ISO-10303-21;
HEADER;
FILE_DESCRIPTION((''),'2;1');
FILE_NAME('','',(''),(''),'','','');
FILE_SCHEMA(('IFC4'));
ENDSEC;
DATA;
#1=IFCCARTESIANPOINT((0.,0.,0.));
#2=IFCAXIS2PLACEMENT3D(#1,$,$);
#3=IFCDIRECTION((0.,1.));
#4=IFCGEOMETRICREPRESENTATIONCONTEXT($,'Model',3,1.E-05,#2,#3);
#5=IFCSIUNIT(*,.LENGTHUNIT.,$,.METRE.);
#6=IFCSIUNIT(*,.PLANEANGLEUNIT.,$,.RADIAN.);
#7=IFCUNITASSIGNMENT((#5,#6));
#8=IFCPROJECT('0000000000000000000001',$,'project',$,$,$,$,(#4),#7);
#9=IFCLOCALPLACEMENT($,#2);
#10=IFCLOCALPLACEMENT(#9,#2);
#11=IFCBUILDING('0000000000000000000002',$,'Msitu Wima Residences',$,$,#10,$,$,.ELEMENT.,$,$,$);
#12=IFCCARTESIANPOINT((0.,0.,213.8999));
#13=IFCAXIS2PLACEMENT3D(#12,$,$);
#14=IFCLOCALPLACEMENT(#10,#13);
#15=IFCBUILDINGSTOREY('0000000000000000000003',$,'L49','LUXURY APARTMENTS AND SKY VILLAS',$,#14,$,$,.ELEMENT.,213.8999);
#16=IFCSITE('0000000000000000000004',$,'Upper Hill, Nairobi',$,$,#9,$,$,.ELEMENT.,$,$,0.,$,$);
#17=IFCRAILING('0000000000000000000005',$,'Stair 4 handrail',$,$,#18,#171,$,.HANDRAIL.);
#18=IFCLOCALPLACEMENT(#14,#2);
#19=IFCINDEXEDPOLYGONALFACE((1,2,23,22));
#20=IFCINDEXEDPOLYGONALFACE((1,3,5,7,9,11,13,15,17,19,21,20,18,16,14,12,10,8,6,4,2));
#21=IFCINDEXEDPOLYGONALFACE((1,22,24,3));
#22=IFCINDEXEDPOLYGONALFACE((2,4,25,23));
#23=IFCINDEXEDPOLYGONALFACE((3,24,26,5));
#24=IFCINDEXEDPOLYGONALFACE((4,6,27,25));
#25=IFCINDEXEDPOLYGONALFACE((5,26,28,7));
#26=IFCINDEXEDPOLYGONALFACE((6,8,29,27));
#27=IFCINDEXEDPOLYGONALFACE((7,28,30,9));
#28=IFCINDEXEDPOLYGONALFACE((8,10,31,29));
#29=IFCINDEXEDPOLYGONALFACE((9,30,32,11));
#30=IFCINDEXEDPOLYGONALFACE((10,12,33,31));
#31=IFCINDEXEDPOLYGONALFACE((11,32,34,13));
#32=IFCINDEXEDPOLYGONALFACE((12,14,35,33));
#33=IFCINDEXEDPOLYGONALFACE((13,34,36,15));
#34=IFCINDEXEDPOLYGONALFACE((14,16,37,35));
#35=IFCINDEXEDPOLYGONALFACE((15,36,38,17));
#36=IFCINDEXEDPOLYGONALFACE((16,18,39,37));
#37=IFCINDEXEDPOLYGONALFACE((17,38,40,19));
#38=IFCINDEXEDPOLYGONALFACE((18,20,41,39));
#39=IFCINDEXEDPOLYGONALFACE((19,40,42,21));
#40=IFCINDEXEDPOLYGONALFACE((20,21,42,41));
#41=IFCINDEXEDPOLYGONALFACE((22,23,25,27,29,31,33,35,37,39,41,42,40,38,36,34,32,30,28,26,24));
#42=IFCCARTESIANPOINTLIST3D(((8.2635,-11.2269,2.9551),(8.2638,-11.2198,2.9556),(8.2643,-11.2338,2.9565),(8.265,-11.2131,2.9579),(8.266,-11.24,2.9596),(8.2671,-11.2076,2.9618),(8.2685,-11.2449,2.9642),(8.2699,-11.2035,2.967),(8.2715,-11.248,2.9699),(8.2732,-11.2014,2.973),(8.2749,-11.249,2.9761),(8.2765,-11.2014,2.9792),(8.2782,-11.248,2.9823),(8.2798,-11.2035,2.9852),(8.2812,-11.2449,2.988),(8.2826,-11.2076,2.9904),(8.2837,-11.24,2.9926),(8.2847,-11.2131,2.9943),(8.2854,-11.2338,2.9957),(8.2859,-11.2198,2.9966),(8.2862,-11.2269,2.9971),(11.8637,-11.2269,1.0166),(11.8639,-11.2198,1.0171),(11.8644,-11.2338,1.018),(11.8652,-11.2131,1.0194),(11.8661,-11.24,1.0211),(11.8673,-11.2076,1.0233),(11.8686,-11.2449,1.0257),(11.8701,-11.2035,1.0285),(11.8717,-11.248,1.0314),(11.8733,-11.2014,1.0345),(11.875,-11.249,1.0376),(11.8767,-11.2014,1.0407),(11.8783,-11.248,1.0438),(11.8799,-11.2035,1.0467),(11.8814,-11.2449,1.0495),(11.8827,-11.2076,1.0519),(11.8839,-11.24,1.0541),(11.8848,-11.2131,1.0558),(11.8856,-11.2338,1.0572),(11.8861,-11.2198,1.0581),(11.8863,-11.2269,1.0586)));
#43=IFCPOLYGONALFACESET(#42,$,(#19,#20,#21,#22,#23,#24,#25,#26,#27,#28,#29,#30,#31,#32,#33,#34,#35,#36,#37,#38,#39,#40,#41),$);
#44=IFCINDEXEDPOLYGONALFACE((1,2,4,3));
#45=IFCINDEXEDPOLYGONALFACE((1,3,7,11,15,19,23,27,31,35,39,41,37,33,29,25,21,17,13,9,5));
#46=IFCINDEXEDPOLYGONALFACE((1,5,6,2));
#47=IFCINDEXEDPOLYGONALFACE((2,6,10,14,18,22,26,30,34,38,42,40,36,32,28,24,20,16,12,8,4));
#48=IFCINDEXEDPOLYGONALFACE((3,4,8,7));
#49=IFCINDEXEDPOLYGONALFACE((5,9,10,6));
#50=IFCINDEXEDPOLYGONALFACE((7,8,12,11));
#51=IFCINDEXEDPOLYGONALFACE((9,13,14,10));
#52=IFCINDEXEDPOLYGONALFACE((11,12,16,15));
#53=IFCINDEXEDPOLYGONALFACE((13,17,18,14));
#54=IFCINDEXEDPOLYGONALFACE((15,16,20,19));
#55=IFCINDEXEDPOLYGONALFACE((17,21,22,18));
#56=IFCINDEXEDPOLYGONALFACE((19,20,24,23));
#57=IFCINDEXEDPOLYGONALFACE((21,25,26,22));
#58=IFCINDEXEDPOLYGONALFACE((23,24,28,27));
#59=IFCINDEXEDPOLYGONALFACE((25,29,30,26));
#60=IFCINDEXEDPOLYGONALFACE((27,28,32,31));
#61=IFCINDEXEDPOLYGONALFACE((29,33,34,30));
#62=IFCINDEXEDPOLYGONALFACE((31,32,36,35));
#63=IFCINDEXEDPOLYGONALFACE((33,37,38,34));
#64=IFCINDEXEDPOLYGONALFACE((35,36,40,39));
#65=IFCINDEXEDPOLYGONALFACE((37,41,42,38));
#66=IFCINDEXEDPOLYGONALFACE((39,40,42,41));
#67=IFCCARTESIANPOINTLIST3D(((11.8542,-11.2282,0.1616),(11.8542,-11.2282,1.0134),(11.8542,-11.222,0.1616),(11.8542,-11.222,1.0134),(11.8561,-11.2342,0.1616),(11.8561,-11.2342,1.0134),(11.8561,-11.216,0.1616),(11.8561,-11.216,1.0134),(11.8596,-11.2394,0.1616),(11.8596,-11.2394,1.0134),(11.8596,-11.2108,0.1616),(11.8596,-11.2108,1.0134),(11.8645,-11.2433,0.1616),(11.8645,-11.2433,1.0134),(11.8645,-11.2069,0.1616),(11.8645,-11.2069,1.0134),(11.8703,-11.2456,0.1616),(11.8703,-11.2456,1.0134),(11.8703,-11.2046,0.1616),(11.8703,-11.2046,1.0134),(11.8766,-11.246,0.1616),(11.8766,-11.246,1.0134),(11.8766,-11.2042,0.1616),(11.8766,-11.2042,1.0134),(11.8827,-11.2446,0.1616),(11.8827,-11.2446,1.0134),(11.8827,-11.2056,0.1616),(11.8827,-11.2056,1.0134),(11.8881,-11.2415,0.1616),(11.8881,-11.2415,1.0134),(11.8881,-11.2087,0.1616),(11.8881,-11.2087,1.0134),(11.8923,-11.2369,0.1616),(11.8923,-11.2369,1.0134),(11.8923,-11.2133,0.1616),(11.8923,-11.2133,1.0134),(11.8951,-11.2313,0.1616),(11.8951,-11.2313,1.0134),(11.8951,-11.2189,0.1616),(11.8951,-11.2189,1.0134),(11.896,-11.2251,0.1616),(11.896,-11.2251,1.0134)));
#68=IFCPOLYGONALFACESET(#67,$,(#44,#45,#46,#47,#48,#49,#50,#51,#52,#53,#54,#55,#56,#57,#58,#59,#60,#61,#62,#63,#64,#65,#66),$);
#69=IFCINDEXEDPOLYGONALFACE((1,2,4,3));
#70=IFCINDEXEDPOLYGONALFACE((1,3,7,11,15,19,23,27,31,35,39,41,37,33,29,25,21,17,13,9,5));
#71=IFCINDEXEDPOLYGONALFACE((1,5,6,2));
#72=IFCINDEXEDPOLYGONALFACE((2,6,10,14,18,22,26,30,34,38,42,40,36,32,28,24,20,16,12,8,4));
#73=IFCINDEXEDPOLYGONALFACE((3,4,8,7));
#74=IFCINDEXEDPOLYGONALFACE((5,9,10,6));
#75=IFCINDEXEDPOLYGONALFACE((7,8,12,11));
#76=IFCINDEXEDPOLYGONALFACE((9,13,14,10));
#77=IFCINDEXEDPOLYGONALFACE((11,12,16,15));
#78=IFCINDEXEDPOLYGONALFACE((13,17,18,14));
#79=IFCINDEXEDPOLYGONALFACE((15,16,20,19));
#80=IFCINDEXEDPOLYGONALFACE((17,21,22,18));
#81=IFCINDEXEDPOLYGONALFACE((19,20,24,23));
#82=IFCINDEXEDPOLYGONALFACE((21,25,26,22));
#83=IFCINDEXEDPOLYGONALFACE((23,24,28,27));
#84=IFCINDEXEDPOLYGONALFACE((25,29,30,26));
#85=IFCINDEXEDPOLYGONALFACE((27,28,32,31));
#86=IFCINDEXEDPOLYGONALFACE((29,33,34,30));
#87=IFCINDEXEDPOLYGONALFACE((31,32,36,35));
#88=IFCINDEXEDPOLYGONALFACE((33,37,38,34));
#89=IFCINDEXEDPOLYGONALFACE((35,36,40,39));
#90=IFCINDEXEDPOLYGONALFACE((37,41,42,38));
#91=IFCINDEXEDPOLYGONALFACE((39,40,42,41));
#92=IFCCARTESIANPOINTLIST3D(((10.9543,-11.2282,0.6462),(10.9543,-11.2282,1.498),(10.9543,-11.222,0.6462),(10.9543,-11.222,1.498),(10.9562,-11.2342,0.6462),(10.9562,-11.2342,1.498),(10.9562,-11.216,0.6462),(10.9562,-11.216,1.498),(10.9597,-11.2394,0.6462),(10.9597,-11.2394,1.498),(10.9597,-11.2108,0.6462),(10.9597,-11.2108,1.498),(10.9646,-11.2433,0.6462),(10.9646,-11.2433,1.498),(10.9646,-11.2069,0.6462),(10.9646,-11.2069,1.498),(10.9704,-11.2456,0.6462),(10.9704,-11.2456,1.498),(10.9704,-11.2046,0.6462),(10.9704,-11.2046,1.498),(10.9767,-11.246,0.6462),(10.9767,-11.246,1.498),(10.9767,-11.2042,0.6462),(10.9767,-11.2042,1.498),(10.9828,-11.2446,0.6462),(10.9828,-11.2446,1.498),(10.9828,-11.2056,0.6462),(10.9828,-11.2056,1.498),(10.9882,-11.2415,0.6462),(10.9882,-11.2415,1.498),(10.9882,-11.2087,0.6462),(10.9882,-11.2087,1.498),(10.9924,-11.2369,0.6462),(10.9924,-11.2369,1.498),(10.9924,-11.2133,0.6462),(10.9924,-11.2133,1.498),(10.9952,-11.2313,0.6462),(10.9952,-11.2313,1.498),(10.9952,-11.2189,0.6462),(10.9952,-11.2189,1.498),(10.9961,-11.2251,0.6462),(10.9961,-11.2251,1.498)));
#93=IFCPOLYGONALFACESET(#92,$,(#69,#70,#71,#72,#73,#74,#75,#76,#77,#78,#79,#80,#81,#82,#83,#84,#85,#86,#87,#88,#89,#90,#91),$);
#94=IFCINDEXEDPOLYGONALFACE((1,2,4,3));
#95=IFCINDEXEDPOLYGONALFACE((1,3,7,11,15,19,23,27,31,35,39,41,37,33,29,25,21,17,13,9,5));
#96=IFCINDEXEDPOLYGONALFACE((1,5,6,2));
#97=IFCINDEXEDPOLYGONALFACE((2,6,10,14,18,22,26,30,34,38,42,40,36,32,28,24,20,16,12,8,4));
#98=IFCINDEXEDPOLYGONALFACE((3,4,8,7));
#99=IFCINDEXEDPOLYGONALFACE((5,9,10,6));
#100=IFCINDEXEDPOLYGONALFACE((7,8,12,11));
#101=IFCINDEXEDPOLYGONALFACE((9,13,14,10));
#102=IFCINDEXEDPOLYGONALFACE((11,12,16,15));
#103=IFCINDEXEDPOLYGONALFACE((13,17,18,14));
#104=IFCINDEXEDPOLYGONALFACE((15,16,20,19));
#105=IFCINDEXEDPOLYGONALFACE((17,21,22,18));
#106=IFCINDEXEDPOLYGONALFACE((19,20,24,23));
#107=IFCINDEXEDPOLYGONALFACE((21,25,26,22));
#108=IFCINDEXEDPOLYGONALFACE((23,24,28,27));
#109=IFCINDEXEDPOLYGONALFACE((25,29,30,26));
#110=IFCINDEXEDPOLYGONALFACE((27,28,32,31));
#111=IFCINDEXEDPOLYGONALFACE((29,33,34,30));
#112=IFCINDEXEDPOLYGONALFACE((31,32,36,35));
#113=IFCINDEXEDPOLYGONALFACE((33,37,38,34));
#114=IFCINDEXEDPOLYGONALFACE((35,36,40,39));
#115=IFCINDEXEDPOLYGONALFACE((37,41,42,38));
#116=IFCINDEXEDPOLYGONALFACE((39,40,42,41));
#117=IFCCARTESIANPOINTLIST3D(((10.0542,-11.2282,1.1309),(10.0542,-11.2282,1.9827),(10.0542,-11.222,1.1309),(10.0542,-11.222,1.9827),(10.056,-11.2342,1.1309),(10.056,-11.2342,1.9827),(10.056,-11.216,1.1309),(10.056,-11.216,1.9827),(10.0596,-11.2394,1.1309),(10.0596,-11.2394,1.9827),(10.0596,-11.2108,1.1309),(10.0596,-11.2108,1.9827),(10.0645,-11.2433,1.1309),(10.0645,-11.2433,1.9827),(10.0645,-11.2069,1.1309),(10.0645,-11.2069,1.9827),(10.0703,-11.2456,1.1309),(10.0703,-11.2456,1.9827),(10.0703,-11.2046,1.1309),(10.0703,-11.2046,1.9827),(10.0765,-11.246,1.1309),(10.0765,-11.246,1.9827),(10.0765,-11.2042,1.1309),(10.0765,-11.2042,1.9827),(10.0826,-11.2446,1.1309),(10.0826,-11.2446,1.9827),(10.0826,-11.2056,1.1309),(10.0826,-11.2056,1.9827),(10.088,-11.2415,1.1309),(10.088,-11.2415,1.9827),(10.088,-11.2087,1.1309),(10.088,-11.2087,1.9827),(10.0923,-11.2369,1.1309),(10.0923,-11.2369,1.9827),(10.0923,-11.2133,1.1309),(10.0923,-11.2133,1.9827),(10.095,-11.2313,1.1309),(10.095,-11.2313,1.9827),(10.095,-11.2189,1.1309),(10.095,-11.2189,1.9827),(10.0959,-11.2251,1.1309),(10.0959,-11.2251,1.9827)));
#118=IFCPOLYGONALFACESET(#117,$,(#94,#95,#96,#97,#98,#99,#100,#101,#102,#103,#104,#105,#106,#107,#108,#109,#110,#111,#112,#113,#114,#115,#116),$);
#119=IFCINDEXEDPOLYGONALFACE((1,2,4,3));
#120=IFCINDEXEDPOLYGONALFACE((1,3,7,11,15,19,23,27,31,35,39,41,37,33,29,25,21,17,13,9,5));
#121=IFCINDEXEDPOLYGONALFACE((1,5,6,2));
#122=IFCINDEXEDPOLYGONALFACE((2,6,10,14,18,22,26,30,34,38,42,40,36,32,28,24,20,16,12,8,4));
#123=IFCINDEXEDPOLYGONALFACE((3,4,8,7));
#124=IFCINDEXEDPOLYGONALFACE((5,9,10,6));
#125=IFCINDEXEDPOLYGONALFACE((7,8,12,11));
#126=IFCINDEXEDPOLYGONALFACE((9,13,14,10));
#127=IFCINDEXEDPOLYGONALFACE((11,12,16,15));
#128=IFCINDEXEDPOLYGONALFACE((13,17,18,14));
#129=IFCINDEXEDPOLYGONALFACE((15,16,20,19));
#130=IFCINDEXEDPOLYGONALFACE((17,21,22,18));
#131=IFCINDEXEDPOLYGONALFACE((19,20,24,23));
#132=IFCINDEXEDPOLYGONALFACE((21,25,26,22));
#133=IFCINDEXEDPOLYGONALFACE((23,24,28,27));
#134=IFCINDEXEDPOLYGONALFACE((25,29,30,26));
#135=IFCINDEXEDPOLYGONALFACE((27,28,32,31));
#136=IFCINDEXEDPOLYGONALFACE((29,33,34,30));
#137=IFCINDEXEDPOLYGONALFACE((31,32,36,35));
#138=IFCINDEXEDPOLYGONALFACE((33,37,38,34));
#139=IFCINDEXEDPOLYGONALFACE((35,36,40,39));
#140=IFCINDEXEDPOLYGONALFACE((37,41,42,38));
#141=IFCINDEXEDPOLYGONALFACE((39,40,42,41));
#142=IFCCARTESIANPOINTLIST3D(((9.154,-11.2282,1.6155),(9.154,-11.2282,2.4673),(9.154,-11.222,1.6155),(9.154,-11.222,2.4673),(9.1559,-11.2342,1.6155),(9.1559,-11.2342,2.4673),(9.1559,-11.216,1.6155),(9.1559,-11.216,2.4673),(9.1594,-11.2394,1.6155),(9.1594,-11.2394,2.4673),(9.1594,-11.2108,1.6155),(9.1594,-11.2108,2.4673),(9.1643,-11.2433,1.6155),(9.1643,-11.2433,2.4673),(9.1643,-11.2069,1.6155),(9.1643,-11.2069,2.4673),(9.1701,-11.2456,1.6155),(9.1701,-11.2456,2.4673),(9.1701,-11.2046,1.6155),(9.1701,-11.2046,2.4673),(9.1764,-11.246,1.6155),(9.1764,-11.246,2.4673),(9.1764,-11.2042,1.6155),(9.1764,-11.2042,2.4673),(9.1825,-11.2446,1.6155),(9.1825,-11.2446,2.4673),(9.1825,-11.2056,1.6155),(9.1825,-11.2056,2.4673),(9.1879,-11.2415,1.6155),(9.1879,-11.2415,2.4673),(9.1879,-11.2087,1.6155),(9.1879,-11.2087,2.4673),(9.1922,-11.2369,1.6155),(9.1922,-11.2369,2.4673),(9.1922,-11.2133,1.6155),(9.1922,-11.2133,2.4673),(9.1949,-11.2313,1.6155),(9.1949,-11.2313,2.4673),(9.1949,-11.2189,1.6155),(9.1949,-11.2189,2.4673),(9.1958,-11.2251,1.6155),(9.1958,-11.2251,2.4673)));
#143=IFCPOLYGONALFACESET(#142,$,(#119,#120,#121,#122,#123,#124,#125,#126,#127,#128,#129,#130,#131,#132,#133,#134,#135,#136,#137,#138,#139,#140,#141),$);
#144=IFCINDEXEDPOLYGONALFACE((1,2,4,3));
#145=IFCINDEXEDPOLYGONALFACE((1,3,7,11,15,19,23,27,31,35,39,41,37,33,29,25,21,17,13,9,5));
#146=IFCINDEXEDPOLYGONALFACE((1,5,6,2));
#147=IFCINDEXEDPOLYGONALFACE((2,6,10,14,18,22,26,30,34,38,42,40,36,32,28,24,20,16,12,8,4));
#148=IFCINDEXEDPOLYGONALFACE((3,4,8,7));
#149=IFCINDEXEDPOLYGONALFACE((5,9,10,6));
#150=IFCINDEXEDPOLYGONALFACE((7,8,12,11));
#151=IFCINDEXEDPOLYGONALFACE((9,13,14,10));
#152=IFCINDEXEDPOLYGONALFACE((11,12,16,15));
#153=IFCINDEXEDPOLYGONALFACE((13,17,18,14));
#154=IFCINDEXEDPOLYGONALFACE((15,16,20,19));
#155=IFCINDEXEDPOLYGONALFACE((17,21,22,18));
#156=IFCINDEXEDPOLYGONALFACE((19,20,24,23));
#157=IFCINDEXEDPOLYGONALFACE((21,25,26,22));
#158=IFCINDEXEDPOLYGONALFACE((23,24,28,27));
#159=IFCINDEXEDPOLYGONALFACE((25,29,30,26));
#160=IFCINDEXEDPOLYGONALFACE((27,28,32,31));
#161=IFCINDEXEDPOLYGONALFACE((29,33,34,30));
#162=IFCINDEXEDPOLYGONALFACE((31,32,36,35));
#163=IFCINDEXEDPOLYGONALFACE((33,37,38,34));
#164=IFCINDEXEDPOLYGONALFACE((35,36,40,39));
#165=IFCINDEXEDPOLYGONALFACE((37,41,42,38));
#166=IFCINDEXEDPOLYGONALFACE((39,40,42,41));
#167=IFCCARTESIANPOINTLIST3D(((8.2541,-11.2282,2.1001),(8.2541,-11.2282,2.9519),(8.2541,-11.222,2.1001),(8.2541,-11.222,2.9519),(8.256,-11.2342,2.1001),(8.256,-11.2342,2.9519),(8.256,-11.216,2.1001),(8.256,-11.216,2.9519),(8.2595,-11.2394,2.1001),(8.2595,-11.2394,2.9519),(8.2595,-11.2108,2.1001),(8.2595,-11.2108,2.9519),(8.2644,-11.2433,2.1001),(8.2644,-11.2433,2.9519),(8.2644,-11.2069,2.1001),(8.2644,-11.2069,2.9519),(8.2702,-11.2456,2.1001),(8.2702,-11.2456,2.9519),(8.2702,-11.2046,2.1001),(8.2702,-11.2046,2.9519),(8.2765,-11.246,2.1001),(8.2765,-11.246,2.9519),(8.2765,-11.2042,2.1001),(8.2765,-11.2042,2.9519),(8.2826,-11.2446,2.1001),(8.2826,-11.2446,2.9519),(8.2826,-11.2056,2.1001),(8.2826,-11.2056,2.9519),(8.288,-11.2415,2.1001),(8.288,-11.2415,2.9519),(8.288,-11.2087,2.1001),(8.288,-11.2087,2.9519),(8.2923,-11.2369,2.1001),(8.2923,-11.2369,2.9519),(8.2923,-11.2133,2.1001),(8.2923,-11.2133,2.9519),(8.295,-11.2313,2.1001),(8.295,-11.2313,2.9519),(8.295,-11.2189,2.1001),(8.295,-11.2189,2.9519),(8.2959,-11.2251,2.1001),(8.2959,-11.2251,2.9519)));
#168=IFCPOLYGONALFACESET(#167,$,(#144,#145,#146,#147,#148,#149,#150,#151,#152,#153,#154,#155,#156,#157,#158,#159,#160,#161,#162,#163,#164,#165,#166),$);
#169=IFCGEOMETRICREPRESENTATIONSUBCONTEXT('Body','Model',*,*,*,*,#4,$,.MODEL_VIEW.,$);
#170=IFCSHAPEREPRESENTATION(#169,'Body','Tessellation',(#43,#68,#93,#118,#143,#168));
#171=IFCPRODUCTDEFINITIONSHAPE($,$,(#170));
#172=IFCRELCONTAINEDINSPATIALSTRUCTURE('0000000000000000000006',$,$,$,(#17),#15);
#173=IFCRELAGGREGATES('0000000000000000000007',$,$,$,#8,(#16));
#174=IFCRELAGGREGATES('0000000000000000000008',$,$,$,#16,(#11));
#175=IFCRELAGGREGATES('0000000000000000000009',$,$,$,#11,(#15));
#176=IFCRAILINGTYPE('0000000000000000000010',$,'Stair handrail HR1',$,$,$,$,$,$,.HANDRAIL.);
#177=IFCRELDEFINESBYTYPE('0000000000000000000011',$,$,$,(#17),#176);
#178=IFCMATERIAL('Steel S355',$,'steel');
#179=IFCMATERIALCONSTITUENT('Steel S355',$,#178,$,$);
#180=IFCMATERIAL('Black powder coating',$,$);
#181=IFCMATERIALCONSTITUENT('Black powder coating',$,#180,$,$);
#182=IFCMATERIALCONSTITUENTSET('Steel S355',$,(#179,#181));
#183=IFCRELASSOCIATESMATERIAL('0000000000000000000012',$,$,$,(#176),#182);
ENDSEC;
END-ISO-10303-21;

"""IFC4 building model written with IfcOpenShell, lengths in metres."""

from ifc_helpers import new_model, si_unit, direction, frame, origin, origin_2d, place, context, subcontext, project, spatial, circle, extrude, material, constituent, constituent_set, type_object, element, save


model = new_model("IFC4")

# Units and contexts
model_context = context("Model", 3, precision=1e-05, world=origin(), true_north=direction((0.0, 1.0)))
body_context = subcontext(model_context, "Body", "Model", "MODEL_VIEW")
ifc_project = project(units=[si_unit("LENGTHUNIT", "METRE"), si_unit("PLANEANGLEUNIT", "RADIAN")], contexts=[model_context])

# Site, building, storey
site_placement = place(None, origin())
site = spatial("IfcSite", under=ifc_project, at=site_placement, Name="Upper Hill, Nairobi", CompositionType="ELEMENT", RefElevation=0.0)
building_placement = place(site_placement, origin())
building = spatial("IfcBuilding", under=site, at=building_placement, Name="Msitu Wima Residences", CompositionType="ELEMENT")
storey_placement = place(building_placement, frame((0.0, 0.0, 213.8999)))
storey = spatial("IfcBuildingStorey", under=building, at=storey_placement, Name="L49", Description="LUXURY APARTMENTS AND SKY VILLAS", CompositionType="ELEMENT", Elevation=213.8999)

# Railing
ifc_material_1 = material(Name="Steel S355", Category="steel")
ifc_constituent_1 = constituent(ifc_material_1, Name="Steel S355")
ifc_material_2 = material(Name="Black powder coating")
ifc_constituent_2 = constituent(ifc_material_2, Name="Black powder coating")
ifc_constituent_set = constituent_set(constituents=[ifc_constituent_1, ifc_constituent_2], Name="Steel S355")
railing_type = type_object("IfcRailingType", Name="Stair handrail HR1", PredefinedType="HANDRAIL", material=ifc_constituent_set)
for number, where, name in (
    (1, (11.875, -11.2251, 0.1616), "Stair 4 handrail"),
):
    element("IfcRailing", number, at=place(storey_placement, frame(where)), inside=storey, type_object=railing_type, Name=name, PredefinedType="HANDRAIL", context=body_context, shape_type="SweptSolid", body=[
        extrude(circle(Radius=0.0239, at=origin_2d()), frame((0.0, 0.0, 0.876), z_axis=(-0.880475, 0.0, 0.474093), x_axis=(0.0, -1.0, 0.0)), (0.0, 0.0, 1.0), 4.0889),
        extrude(circle(Radius=0.021, at=origin_2d()), origin(), (0.0, 0.0, 1.0), 0.8518),
        extrude(circle(Radius=0.021, at=origin_2d()), frame((-0.8999, 0.0, 0.4846)), (0.0, 0.0, 1.0), 0.8518),
        extrude(circle(Radius=0.021, at=origin_2d()), frame((-1.8, 0.0, 0.9692)), (0.0, 0.0, 1.0), 0.8518),
        extrude(circle(Radius=0.021, at=origin_2d()), frame((-2.7002, 0.0, 1.4539)), (0.0, 0.0, 1.0), 0.8518),
        extrude(circle(Radius=0.021, at=origin_2d()), frame((-3.6001, 0.0, 1.9385)), (0.0, 0.0, 1.0), 0.8518),
    ])

save(model, "model.ifc")
